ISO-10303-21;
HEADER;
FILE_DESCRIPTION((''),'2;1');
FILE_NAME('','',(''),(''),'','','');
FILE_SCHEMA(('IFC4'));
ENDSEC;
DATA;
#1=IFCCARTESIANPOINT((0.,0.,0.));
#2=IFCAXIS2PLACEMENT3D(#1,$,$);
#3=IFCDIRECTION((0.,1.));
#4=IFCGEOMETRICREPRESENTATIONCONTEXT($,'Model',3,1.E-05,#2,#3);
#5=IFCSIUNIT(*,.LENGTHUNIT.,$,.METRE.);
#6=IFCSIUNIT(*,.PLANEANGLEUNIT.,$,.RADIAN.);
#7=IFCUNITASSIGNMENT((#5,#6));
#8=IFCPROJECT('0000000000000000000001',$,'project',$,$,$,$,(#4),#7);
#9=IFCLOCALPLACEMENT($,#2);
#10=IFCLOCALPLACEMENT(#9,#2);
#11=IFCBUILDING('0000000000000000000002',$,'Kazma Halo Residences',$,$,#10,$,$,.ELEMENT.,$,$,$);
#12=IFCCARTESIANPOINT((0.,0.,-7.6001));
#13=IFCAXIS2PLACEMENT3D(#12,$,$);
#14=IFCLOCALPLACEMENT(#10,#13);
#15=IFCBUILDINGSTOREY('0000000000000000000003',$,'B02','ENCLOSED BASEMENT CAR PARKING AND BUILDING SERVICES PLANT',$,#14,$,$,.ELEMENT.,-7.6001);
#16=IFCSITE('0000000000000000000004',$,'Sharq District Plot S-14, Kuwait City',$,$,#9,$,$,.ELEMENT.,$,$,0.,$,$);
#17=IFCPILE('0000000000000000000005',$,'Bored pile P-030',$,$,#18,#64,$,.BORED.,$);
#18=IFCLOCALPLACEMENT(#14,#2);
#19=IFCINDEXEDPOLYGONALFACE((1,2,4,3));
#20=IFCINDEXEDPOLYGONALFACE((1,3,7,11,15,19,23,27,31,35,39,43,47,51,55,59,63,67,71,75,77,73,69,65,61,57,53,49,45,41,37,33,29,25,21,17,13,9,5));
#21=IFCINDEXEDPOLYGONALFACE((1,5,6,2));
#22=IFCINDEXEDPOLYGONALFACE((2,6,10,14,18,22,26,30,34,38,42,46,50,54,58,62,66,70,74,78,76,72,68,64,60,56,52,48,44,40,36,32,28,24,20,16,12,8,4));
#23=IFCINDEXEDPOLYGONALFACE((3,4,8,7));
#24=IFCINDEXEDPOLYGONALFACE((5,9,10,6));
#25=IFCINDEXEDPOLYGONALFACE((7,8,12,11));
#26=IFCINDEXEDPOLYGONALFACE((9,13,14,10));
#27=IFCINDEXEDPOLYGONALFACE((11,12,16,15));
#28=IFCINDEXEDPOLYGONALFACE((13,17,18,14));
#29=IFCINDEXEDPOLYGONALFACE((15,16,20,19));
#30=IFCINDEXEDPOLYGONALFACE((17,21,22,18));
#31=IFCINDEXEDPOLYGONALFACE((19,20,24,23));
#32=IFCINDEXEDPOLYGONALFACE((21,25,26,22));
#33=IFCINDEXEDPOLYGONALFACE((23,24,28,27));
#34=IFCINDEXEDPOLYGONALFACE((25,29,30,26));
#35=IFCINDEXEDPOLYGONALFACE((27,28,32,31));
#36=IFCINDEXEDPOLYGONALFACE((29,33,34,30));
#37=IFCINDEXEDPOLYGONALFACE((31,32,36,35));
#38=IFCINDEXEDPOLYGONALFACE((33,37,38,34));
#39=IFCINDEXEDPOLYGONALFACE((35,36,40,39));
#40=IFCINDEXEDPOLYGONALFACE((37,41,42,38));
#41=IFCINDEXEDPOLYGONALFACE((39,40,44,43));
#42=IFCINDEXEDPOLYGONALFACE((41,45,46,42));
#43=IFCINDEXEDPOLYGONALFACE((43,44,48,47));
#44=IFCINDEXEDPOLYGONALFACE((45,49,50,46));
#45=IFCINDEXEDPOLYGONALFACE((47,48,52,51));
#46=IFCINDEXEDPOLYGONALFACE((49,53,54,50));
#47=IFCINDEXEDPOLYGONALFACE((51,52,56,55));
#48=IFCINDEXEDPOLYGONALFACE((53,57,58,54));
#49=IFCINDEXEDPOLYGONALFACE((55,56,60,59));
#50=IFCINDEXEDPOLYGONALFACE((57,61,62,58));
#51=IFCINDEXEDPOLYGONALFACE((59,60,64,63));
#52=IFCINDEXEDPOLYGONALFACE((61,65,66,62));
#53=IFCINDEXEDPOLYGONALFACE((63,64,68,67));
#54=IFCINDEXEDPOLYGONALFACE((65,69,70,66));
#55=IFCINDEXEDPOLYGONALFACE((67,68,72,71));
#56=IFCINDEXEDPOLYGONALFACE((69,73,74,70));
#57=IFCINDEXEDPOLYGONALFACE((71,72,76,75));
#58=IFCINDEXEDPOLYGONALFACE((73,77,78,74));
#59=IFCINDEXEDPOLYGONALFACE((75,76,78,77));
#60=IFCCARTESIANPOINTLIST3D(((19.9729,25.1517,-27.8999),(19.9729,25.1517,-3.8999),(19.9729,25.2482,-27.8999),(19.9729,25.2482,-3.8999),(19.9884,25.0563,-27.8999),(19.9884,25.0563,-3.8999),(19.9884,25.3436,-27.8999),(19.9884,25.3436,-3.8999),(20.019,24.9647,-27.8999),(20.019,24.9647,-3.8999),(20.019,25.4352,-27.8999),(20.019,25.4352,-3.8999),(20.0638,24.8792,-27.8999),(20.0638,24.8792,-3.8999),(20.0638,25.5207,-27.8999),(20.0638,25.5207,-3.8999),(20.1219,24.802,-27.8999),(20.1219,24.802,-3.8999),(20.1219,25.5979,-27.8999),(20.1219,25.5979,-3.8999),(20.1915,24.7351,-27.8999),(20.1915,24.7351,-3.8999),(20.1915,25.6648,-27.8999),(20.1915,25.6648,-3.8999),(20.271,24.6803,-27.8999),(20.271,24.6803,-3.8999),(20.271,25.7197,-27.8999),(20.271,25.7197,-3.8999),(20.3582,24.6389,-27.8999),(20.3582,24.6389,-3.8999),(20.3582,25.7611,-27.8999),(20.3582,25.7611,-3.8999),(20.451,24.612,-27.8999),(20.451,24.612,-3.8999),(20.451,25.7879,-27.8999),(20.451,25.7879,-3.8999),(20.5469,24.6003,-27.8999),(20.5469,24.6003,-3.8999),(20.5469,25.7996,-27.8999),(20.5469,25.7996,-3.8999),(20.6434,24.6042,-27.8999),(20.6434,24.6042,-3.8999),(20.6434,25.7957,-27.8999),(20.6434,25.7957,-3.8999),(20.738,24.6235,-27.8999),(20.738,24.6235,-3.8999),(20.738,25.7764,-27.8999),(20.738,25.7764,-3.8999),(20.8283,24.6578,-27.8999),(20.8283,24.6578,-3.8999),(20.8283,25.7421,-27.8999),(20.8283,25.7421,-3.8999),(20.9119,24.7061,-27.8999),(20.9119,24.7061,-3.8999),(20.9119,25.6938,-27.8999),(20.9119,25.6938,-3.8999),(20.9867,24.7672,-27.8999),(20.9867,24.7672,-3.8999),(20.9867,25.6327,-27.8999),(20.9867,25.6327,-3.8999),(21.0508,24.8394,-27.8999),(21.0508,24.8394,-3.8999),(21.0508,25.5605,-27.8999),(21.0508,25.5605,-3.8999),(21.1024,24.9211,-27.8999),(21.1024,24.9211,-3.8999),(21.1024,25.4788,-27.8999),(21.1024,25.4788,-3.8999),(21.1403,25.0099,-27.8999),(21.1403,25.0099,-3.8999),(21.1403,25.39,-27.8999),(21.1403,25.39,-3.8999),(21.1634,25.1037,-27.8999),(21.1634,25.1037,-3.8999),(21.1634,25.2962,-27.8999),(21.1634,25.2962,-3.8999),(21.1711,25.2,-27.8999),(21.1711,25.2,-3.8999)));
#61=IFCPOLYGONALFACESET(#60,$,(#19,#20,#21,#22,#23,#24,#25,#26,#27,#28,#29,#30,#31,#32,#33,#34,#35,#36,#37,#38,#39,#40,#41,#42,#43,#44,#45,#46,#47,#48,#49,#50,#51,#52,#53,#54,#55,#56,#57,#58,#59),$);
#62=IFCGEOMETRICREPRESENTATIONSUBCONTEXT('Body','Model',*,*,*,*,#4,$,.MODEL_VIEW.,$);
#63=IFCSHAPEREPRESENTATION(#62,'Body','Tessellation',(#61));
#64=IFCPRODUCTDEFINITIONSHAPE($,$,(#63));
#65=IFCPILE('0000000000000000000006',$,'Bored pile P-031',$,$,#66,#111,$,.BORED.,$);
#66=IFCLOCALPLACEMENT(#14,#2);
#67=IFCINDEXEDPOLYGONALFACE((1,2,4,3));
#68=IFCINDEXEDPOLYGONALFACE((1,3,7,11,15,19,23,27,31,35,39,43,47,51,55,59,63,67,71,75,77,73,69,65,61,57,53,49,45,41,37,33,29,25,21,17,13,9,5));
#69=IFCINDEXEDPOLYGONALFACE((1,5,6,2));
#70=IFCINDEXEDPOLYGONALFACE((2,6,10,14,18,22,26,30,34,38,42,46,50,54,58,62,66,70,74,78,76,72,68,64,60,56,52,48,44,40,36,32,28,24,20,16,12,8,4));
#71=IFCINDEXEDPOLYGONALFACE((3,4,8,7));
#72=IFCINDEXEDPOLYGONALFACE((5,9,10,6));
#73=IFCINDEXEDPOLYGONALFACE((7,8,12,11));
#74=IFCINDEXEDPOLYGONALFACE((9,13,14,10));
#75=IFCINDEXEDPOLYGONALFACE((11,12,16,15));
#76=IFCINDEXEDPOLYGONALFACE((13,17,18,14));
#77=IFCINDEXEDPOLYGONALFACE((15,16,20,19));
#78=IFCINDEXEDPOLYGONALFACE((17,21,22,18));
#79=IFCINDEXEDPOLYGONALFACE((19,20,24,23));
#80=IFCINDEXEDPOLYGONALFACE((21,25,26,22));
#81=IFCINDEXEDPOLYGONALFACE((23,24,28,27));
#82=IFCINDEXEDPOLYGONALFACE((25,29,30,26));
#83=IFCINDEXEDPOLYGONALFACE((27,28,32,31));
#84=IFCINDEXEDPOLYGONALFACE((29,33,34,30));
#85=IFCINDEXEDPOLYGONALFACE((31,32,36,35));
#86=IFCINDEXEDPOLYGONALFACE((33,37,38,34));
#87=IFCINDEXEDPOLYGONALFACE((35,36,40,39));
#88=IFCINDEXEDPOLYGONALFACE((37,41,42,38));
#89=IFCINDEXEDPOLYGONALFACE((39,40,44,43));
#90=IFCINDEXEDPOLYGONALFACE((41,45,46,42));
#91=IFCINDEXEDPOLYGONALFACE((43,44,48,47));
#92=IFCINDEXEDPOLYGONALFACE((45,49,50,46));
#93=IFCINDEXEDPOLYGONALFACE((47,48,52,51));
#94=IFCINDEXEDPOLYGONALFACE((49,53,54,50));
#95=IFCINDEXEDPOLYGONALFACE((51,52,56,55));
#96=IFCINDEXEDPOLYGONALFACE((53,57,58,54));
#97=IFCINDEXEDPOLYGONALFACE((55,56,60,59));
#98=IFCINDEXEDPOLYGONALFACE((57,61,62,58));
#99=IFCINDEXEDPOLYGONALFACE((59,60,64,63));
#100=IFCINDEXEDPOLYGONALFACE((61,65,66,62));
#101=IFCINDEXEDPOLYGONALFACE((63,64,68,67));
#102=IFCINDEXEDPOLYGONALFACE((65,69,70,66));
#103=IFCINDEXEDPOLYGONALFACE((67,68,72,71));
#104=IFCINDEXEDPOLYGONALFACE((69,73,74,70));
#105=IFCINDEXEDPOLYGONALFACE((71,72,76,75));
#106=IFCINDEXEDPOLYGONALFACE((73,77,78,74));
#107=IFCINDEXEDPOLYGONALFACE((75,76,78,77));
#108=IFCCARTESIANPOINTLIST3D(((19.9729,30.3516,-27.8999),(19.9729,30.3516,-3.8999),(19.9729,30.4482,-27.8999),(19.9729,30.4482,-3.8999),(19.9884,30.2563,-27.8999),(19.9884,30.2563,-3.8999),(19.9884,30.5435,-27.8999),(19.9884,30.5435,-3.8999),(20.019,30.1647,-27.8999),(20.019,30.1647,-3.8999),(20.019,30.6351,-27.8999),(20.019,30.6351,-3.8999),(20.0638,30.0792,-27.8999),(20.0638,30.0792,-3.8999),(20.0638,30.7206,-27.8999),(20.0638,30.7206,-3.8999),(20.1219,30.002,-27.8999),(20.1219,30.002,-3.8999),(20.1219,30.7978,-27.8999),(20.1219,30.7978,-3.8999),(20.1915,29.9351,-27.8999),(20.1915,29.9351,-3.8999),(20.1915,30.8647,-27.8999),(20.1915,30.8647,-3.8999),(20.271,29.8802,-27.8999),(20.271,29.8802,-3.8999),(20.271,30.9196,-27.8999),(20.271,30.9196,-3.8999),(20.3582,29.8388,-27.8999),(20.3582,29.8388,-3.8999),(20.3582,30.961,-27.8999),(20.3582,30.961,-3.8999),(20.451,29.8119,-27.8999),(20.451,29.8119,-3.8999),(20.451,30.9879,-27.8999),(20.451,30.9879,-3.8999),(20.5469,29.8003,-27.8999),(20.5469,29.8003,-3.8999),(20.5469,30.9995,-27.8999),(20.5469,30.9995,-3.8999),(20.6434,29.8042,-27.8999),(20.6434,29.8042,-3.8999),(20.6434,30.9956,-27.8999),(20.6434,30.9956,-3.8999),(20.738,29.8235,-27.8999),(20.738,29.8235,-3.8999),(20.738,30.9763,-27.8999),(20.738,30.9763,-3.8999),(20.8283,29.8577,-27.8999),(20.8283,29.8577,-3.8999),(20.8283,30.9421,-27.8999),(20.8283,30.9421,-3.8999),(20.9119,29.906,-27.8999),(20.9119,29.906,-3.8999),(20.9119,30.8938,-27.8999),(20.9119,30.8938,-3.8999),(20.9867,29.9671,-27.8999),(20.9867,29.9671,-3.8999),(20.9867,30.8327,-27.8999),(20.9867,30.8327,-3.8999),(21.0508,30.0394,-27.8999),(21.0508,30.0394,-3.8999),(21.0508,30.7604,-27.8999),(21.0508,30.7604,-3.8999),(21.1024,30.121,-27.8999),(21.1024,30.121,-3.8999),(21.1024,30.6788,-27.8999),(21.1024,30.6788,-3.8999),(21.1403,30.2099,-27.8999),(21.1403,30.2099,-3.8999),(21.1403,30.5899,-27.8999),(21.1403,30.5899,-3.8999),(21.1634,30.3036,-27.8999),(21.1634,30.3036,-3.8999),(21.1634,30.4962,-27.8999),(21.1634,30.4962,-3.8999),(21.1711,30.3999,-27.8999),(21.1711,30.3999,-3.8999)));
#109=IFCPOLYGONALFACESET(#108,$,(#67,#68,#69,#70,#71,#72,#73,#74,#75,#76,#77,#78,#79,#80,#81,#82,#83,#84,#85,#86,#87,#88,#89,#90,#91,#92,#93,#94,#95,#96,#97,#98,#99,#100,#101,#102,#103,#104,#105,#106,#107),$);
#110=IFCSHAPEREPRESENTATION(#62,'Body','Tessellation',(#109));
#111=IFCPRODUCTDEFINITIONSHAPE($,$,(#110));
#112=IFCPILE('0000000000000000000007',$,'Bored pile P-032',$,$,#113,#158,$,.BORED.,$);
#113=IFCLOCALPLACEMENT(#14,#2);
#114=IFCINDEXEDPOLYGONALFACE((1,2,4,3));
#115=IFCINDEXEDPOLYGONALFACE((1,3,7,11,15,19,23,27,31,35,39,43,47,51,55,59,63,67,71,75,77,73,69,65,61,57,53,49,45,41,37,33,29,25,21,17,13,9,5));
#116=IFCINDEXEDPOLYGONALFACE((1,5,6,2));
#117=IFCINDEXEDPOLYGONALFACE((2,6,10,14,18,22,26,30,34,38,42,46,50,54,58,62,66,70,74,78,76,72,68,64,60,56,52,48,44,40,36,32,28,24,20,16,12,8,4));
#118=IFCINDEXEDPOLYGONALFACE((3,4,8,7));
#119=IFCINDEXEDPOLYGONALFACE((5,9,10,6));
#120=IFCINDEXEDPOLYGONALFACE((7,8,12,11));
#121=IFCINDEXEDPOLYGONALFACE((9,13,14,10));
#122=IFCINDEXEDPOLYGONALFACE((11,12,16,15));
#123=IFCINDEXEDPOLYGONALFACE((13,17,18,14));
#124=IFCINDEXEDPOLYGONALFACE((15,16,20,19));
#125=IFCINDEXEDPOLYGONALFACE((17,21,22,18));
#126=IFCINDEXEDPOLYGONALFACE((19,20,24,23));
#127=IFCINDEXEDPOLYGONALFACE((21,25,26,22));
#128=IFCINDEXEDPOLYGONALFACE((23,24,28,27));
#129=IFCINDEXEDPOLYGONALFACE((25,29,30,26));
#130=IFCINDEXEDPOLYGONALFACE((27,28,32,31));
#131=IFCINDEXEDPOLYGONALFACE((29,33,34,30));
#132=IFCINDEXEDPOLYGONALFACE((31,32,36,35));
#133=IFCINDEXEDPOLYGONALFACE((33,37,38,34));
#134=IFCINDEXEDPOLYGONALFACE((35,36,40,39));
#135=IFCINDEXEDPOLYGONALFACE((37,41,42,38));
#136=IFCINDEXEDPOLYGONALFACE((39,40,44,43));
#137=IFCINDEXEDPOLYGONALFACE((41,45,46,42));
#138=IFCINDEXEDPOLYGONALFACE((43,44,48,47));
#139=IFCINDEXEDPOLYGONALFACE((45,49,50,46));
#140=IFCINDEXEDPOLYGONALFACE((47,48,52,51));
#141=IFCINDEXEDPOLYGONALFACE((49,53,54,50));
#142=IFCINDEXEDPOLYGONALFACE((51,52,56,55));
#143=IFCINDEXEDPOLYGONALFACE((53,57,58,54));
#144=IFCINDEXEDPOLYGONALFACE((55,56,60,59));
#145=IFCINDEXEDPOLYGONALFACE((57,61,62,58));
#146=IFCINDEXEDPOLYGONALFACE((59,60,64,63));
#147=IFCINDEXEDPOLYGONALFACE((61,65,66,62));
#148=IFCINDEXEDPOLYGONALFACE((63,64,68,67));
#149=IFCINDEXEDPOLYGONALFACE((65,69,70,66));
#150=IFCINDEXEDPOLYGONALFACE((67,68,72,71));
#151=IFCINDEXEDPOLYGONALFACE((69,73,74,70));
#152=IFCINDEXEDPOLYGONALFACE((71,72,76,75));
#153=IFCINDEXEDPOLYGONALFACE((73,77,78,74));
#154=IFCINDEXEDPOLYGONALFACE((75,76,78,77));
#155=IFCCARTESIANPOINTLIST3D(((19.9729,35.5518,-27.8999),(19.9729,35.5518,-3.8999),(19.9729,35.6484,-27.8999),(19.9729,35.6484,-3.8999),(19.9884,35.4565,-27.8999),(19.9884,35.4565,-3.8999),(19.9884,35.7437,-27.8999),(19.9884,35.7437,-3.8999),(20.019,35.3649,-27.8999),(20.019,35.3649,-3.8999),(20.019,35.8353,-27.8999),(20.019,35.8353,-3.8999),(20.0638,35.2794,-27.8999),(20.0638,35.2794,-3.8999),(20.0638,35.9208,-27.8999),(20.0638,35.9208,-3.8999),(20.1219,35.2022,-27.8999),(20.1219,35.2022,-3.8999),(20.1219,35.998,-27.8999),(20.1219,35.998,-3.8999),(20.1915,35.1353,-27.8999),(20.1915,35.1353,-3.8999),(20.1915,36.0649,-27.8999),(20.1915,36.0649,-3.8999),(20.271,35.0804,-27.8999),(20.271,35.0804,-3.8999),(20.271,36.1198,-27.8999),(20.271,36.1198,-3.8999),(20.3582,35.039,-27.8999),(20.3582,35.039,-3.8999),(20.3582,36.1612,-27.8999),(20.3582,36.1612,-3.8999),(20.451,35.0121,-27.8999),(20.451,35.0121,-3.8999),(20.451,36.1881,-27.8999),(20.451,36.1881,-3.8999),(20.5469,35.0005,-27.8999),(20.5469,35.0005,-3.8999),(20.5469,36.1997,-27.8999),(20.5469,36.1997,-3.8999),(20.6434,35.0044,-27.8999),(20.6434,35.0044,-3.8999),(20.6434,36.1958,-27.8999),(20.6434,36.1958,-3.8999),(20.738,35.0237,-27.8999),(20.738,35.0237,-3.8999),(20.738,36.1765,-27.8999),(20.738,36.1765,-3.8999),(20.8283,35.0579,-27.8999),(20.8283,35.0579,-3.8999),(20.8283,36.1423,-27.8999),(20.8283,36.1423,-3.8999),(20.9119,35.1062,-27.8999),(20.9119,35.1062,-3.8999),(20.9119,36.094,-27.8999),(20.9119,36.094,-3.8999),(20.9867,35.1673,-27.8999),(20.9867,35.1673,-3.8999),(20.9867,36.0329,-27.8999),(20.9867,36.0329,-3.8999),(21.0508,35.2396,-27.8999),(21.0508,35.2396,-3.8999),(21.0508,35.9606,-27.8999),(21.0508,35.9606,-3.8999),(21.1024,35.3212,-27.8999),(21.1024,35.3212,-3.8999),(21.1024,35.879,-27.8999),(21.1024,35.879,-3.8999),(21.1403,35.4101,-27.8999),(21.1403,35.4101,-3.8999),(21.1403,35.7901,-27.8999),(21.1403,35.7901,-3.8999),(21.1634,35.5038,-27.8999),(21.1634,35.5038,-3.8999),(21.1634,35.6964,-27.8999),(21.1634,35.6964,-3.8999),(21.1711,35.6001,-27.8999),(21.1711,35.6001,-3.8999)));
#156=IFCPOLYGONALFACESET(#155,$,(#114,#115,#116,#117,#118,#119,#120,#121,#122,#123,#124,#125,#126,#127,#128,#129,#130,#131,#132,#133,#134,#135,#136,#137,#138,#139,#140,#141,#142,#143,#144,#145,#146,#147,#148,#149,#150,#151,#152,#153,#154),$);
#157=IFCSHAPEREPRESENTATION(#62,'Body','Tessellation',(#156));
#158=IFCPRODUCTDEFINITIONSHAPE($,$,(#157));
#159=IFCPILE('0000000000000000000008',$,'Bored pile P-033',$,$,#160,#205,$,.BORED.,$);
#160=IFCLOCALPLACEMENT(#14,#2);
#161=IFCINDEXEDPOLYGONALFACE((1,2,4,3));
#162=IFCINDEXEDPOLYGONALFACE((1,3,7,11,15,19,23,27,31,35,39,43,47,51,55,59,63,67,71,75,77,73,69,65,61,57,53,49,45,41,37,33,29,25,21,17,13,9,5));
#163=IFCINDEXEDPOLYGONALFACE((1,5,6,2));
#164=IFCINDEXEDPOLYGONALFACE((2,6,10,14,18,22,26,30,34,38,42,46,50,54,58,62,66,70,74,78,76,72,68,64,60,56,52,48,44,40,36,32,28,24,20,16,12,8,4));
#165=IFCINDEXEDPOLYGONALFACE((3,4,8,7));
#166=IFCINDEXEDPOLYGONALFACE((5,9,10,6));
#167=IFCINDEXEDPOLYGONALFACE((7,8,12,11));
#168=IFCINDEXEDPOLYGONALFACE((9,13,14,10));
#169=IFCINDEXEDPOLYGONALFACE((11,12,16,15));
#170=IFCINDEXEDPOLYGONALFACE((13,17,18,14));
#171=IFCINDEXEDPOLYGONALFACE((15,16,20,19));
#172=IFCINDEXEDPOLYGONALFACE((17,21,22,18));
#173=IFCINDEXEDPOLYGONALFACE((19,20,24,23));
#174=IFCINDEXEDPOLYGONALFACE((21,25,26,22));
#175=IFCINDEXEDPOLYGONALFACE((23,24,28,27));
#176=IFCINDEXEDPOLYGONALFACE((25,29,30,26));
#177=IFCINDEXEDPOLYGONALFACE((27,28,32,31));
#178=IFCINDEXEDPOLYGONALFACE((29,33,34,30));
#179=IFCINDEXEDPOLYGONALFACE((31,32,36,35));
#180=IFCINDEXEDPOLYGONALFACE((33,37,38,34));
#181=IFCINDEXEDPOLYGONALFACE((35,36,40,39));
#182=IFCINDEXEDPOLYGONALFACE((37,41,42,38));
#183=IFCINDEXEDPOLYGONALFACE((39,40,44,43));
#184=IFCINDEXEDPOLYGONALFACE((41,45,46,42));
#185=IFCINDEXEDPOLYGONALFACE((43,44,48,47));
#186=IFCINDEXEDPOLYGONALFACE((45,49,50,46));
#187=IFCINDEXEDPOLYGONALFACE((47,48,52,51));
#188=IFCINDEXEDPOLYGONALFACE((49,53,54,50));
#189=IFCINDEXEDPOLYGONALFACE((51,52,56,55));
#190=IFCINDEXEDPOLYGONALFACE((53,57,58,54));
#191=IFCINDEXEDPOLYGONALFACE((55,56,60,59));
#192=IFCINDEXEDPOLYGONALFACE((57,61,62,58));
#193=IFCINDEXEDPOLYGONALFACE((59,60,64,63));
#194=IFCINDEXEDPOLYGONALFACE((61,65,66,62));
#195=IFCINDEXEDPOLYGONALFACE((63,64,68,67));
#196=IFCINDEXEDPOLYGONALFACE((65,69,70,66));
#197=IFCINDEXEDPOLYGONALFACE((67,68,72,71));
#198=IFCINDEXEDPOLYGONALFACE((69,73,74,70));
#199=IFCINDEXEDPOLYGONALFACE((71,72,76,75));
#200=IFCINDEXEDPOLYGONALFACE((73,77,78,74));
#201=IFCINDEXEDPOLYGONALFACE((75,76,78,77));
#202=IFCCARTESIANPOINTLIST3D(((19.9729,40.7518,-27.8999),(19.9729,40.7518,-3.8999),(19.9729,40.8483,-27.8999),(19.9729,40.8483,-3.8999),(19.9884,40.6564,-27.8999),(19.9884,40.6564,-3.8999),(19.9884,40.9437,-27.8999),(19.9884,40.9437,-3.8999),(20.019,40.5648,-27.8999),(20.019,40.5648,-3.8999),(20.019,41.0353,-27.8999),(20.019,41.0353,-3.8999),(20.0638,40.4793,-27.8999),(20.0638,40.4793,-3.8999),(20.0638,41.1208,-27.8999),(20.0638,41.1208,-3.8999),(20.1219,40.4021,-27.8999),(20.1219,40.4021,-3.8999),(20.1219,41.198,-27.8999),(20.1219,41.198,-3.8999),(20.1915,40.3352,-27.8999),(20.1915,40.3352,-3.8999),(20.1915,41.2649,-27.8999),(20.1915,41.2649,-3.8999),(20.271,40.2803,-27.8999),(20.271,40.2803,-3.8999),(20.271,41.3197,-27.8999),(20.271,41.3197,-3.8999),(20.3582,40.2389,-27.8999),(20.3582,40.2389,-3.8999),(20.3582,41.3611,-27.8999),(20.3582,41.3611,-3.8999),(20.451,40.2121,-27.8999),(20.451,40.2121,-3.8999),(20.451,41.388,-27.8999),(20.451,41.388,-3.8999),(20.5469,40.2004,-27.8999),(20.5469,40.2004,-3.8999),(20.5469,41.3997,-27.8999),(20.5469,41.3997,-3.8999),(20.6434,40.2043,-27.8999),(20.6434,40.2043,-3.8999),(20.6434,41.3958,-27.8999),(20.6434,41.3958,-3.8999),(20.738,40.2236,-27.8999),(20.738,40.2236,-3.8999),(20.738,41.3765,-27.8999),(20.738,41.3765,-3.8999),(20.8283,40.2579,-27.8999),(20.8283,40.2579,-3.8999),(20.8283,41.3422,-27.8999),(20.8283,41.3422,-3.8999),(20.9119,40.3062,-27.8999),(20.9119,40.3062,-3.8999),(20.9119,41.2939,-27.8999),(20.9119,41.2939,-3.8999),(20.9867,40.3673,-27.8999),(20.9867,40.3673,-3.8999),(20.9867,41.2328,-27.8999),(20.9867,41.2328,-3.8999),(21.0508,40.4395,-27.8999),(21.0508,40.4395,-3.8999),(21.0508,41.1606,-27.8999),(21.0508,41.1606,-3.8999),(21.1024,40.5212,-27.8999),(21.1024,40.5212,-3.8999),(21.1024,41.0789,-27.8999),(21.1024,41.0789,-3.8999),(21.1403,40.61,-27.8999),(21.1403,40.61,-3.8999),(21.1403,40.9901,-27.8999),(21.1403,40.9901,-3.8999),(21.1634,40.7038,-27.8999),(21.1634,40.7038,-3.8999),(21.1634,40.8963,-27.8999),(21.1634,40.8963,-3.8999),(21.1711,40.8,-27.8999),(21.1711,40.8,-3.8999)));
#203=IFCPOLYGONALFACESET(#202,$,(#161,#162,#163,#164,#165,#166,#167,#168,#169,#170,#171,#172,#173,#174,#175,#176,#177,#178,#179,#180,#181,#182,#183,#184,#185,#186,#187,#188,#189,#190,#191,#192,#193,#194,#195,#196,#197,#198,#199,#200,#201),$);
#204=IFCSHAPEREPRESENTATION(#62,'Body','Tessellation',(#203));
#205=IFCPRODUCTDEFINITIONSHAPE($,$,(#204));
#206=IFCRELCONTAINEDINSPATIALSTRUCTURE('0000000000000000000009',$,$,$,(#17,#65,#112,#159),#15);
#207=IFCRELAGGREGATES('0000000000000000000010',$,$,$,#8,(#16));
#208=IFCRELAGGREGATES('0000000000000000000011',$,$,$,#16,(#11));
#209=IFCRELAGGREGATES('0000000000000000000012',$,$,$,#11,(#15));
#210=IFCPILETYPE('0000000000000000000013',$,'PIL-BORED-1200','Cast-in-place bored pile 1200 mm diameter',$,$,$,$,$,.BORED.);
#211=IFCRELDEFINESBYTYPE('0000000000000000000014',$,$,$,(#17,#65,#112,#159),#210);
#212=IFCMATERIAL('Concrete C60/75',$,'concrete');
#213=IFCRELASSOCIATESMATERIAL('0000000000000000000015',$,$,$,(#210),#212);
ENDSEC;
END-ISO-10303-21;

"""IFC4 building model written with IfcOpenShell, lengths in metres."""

from ifc_helpers import new_model, si_unit, direction, frame, origin, origin_2d, place, context, subcontext, project, spatial, circle, extrude, material, material_profile, profile_set, type_object, element, save


model = new_model("IFC4")

# Units and contexts
model_context = context("Model", 3, precision=1e-05, world=origin(), true_north=direction((0.0, 1.0)))
body_context = subcontext(model_context, "Body", "Model", "MODEL_VIEW")
ifc_project = project(units=[si_unit("LENGTHUNIT", "METRE"), si_unit("PLANEANGLEUNIT", "RADIAN")], contexts=[model_context])

# Site, building, storey
site_placement = place(None, origin())
site = spatial("IfcSite", under=ifc_project, at=site_placement, Name="Sharq District Plot S-14, Kuwait City", CompositionType="ELEMENT", RefElevation=0.0)
building_placement = place(site_placement, origin())
building = spatial("IfcBuilding", under=site, at=building_placement, Name="Kazma Halo Residences", CompositionType="ELEMENT")
storey_placement = place(building_placement, frame((0.0, 0.0, -7.6001)))
storey = spatial("IfcBuildingStorey", under=building, at=storey_placement, Name="B02", Description="ENCLOSED BASEMENT CAR PARKING AND BUILDING SERVICES PLANT", CompositionType="ELEMENT", Elevation=-7.6001)

# Piles
ifc_material_1 = material(Name="Concrete C60/75", Category="concrete")
ifc_material_profile_1 = material_profile(ifc_material_1, circle(Radius=0.6001, at=origin_2d()), Name="CIRC1200")
ifc_profile_set_1 = profile_set([ifc_material_profile_1], Name="Concrete C60/75")
pile_type = type_object("IfcPileType", Name="PIL-BORED-1200", Description="Cast-in-place bored pile 1200 mm diameter", PredefinedType="BORED", material=ifc_profile_set_1)
for number, where, z_axis, x_axis, name in (
    (1, (20.571, 25.2, -3.8999), (0.0, 0.0, -1.0), (1.0, 0.0, 0.0), "Bored pile P-030"),
    (2, (20.571, 30.3999, -3.8999), (0.0, 0.0, -1.0), (1.0, 0.0, 0.0), "Bored pile P-031"),
    (3, (20.571, 35.6001, -3.8999), (0.0, 0.0, -1.0), (1.0, 0.0, 0.0), "Bored pile P-032"),
    (4, (20.571, 40.8, -3.8999), (0.0, 0.0, -1.0), (1.0, 0.0, 0.0), "Bored pile P-033"),
):
    element("IfcPile", number, at=place(storey_placement, frame(where, z_axis=z_axis, x_axis=x_axis)), inside=storey, type_object=pile_type, Name=name, PredefinedType="BORED", context=body_context, shape_type="SweptSolid", body=[
        extrude(circle(Radius=0.6001, at=origin_2d()), origin(), (0.0, 0.0, 1.0), 24.0),
    ])

save(model, "model.ifc")
